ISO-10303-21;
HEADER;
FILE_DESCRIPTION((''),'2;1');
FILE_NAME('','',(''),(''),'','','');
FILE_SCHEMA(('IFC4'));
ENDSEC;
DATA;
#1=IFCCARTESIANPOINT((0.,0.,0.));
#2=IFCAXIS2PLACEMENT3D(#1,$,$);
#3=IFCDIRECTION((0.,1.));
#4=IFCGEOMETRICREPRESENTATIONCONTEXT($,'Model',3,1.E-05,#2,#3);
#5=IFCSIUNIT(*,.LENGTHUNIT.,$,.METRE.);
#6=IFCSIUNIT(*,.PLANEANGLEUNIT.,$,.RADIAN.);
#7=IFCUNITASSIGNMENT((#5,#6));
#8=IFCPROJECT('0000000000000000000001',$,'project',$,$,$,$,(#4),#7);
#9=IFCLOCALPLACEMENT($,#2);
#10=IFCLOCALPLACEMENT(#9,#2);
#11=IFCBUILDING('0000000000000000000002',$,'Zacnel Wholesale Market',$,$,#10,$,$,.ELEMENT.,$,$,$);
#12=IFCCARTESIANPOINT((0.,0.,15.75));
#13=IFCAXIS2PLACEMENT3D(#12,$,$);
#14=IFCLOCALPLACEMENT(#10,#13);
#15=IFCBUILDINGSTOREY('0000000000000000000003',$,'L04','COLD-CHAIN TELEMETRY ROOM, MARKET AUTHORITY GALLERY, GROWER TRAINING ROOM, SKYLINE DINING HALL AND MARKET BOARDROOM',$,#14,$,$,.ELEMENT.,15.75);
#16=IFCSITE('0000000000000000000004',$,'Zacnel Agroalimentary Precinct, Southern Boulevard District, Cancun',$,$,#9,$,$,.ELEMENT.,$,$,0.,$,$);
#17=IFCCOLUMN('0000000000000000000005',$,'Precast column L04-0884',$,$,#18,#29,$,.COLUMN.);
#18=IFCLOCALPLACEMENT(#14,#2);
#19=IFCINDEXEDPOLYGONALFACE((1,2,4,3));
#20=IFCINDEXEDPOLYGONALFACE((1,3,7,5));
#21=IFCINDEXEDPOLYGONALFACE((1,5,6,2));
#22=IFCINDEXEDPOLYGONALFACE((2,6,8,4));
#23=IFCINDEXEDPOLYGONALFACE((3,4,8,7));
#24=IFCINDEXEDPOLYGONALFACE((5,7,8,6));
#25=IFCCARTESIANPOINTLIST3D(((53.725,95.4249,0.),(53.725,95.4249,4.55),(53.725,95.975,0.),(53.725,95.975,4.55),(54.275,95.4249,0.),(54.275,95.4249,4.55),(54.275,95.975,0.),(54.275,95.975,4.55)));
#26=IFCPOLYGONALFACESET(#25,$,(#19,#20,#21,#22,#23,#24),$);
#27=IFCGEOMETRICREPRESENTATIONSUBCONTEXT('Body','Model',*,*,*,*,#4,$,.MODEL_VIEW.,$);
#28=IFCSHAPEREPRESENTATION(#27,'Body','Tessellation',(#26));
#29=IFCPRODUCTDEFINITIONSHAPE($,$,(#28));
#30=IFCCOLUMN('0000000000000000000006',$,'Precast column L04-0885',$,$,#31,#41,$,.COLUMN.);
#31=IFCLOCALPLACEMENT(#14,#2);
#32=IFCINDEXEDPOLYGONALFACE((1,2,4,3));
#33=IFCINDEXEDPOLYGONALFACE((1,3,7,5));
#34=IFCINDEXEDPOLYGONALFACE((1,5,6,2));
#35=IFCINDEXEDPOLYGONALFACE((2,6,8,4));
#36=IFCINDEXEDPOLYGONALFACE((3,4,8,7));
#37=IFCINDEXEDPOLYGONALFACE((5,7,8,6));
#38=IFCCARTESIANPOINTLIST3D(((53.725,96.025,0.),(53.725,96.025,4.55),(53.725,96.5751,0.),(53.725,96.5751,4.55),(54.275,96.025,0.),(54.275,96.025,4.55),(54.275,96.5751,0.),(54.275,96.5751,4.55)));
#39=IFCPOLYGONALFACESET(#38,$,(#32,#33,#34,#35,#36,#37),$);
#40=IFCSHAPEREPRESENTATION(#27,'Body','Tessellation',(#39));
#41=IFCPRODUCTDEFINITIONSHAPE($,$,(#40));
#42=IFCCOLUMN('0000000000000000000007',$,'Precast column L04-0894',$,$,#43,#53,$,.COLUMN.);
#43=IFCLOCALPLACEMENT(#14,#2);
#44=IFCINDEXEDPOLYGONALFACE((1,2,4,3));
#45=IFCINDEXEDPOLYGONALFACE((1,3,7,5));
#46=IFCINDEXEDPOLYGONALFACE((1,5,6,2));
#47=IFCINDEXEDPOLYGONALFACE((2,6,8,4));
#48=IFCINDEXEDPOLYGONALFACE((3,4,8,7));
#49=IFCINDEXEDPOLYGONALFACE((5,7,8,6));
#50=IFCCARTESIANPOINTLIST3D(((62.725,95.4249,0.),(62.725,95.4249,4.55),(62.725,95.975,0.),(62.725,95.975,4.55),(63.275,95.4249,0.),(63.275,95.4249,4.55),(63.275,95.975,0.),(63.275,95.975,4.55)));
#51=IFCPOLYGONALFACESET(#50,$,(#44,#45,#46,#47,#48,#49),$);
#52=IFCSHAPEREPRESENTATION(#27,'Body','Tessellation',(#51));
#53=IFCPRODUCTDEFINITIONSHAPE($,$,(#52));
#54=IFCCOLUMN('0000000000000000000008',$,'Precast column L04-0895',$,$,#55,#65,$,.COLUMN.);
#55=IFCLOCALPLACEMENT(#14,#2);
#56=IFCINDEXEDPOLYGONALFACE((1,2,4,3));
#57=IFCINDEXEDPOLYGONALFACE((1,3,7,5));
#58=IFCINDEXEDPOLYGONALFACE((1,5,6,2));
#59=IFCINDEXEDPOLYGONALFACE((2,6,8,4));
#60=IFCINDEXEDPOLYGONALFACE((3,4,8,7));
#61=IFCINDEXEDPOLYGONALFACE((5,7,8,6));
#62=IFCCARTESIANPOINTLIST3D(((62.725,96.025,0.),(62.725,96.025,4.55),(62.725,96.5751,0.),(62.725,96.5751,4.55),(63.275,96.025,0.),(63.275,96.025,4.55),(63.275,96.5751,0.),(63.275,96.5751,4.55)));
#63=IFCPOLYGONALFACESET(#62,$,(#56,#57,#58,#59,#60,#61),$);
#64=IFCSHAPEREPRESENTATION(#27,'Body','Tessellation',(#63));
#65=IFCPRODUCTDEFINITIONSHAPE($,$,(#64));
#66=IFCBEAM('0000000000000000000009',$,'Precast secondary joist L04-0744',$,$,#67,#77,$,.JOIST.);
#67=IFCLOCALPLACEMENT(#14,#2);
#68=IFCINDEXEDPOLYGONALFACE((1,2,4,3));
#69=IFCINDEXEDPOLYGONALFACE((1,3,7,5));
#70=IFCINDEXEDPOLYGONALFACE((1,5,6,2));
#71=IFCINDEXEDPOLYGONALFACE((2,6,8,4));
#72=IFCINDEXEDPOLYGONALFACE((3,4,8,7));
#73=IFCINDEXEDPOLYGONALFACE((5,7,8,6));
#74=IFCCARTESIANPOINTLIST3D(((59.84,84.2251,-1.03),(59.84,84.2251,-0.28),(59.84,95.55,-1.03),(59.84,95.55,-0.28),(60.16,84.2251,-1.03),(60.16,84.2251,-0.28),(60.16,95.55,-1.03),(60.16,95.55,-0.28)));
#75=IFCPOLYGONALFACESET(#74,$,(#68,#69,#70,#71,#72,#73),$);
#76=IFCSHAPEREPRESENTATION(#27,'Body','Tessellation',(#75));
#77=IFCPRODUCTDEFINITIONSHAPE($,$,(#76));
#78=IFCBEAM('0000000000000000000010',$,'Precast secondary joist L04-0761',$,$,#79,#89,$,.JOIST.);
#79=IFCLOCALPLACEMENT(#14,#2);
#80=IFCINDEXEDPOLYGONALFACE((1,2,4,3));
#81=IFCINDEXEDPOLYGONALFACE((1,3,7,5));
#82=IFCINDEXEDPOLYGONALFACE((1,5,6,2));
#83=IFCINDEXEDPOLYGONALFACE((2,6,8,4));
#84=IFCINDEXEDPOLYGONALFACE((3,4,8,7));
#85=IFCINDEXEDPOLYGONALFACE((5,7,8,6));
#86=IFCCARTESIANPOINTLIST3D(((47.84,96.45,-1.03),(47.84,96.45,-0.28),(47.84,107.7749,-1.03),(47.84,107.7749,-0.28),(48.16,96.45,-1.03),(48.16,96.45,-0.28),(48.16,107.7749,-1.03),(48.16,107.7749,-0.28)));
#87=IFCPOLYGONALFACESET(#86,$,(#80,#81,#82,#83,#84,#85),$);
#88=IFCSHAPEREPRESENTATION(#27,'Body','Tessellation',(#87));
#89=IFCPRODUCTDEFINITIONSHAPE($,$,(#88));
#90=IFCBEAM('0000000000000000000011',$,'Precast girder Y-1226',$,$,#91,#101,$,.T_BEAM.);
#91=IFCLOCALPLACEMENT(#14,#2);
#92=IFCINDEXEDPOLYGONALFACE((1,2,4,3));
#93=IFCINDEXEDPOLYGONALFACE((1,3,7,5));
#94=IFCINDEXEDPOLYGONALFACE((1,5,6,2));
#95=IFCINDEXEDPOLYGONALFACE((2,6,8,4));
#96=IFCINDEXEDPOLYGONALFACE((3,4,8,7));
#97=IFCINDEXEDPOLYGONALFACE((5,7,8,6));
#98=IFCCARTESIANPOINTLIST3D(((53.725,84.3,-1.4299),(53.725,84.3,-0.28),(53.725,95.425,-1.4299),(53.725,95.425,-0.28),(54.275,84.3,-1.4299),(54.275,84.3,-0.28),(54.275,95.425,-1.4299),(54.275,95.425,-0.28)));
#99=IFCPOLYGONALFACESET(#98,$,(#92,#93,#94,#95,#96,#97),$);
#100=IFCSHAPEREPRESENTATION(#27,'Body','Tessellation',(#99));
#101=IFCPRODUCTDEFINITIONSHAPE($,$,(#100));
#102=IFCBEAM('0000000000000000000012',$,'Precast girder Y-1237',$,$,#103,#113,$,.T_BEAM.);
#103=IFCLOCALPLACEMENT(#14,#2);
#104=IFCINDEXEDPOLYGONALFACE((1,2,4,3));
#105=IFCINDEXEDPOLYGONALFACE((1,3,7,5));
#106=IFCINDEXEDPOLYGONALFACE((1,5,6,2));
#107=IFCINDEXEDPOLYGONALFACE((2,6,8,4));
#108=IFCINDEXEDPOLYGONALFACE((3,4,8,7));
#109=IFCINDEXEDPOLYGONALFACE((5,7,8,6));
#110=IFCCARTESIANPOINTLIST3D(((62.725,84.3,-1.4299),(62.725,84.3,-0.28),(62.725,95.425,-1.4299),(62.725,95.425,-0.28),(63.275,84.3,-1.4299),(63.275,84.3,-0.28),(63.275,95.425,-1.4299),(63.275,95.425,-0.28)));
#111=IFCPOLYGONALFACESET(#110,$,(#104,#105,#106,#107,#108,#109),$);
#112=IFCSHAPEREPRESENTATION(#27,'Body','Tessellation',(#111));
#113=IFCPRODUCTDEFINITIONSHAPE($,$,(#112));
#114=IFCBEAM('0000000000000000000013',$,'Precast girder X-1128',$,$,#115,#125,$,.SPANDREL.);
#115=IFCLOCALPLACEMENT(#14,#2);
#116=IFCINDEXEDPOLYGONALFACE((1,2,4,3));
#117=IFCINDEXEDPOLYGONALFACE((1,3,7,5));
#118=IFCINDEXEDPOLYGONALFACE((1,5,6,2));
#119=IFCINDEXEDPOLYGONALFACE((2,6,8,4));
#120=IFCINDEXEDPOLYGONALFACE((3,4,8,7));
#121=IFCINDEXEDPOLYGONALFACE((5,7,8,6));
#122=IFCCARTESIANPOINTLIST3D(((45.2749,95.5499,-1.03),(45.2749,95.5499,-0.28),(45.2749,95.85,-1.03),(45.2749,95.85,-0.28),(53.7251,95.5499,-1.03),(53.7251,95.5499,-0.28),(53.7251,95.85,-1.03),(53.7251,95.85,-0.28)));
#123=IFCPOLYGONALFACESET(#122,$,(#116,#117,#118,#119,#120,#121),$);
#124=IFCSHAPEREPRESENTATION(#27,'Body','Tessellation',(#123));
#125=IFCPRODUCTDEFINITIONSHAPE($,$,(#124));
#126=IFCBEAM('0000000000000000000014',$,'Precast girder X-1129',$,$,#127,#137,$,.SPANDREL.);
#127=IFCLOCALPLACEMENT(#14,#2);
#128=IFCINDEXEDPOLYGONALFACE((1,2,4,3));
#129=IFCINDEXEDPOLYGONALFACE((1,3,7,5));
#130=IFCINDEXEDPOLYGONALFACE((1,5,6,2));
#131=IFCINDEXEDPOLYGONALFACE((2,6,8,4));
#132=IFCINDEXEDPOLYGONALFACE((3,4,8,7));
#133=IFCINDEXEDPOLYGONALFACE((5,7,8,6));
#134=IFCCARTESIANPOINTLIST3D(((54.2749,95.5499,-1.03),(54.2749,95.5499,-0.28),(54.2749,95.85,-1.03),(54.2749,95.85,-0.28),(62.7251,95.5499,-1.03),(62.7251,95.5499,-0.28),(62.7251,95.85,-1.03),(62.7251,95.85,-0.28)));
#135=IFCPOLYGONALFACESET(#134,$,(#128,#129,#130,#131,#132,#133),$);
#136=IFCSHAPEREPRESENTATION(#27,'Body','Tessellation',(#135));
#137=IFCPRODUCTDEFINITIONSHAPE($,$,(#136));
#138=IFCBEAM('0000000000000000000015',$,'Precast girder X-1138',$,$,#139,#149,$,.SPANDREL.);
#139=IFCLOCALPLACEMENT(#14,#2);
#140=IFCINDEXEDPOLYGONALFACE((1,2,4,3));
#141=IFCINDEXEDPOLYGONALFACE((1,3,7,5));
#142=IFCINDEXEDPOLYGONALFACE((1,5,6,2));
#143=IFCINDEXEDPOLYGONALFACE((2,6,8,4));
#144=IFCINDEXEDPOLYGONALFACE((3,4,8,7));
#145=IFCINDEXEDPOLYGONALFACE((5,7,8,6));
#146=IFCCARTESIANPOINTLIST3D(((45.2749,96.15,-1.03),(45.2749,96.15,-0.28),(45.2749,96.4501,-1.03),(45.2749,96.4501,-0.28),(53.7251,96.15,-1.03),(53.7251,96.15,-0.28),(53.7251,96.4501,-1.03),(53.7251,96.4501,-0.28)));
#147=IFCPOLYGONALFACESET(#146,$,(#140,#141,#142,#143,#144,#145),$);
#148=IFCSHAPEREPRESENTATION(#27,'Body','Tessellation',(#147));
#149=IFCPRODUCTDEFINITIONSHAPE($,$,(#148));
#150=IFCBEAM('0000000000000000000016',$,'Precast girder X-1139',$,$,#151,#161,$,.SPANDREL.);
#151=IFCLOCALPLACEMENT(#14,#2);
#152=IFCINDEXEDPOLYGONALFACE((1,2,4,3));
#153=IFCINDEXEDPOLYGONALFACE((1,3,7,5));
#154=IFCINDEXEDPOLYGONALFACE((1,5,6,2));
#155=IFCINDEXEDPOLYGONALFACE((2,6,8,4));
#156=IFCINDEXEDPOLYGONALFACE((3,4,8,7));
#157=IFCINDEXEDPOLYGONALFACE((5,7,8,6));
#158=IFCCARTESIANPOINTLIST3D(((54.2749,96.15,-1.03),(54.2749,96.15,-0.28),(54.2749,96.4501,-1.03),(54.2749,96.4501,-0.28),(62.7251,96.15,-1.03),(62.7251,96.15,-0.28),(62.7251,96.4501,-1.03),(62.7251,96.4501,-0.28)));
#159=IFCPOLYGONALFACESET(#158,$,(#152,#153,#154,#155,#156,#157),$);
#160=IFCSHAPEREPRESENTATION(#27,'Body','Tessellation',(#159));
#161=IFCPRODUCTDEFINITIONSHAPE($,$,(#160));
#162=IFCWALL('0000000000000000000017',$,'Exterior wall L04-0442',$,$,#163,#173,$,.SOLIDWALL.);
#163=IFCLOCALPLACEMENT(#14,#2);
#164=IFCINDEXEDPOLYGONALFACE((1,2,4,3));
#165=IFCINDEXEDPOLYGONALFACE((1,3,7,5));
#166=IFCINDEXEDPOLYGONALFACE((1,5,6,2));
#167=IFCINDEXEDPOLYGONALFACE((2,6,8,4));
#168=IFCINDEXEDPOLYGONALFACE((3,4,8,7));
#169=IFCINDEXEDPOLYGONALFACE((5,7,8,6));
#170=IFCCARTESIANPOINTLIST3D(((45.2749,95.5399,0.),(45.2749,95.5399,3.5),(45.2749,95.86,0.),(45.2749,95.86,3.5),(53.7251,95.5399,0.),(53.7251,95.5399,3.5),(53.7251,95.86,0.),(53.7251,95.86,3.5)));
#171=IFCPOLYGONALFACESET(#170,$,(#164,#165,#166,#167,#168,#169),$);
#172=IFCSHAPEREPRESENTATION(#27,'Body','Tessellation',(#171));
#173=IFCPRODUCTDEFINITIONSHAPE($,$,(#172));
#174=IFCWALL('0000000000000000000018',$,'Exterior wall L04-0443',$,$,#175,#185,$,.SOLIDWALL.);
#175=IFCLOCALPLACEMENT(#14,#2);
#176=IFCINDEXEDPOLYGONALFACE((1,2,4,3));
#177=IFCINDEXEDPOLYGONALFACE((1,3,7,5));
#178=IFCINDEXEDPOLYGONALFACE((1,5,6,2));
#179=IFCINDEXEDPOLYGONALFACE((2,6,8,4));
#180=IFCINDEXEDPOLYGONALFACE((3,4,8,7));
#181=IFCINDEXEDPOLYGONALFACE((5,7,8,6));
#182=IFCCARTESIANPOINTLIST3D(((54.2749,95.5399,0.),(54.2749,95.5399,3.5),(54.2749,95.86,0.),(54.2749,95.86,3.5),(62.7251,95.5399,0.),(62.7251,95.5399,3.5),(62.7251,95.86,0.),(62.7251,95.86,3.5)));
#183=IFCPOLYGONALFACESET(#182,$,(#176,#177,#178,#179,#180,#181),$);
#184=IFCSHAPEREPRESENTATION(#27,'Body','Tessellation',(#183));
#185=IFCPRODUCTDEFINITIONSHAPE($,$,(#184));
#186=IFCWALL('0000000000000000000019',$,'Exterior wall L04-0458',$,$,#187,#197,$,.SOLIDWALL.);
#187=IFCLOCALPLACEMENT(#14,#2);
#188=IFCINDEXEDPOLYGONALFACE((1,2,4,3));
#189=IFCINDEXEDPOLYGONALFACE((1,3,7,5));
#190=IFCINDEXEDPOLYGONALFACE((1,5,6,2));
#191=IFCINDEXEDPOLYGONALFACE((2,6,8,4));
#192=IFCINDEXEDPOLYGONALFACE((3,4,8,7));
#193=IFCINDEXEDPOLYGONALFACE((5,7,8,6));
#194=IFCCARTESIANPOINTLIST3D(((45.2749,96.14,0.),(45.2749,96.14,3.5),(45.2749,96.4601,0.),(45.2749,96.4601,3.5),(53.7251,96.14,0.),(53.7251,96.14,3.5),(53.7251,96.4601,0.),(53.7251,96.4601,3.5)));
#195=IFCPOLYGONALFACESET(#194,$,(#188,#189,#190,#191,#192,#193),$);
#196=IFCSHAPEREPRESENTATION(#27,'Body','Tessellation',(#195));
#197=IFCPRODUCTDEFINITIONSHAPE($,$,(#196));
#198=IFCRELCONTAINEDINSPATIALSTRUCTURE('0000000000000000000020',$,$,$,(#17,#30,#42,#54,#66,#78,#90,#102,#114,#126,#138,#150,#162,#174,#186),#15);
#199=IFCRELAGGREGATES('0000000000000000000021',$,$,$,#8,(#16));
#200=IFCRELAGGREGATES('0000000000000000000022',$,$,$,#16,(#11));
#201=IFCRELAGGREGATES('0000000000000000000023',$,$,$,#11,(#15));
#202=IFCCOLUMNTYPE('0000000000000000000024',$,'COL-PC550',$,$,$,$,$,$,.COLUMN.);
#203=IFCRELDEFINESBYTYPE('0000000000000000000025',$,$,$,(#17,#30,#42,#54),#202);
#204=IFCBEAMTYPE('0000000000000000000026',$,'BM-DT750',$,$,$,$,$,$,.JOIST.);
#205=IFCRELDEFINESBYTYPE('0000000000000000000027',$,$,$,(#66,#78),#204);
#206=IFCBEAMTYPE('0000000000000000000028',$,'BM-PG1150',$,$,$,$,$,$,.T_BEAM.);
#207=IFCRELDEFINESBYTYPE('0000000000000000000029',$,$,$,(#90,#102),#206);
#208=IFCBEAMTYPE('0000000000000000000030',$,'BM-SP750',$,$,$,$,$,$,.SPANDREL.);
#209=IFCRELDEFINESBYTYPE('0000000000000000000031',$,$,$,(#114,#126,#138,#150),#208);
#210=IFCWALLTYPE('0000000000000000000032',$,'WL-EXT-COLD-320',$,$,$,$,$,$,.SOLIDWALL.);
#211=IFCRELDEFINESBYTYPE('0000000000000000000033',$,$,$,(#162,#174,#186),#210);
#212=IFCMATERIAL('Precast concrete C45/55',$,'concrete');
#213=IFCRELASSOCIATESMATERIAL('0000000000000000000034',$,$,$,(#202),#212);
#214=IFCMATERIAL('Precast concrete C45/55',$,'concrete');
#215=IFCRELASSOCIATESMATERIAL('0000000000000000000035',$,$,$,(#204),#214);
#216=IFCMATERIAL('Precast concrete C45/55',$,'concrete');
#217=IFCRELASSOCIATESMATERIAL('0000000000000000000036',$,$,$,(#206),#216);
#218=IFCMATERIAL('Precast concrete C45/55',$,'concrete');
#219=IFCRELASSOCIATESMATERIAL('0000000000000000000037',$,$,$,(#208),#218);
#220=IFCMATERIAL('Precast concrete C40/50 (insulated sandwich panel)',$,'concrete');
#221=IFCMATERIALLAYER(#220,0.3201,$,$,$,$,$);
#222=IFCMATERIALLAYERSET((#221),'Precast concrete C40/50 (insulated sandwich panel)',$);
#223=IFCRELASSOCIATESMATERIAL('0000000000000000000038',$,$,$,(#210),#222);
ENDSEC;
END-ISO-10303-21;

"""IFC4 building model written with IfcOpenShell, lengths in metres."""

from ifc_helpers import new_model, si_unit, direction, frame, frame_2d, origin, origin_2d, place, context, subcontext, project, spatial, rectangle, extrude, material, layer, layer_set, material_profile, profile_set, type_object, element, save


model = new_model("IFC4")

# Units and contexts
model_context = context("Model", 3, precision=1e-05, world=origin(), true_north=direction((0.0, 1.0)))
body_context = subcontext(model_context, "Body", "Model", "MODEL_VIEW")
ifc_project = project(units=[si_unit("LENGTHUNIT", "METRE"), si_unit("PLANEANGLEUNIT", "RADIAN")], contexts=[model_context])

# Site, building, storey
site_placement = place(None, origin())
site = spatial("IfcSite", under=ifc_project, at=site_placement, Name="Zacnel Agroalimentary Precinct, Southern Boulevard District, Cancun", CompositionType="ELEMENT", RefElevation=0.0)
building_placement = place(site_placement, origin())
building = spatial("IfcBuilding", under=site, at=building_placement, Name="Zacnel Wholesale Market", CompositionType="ELEMENT")
storey_placement = place(building_placement, frame((0.0, 0.0, 15.75)))
storey = spatial("IfcBuildingStorey", under=building, at=storey_placement, Name="L04", Description="COLD-CHAIN TELEMETRY ROOM, MARKET AUTHORITY GALLERY, GROWER TRAINING ROOM, SKYLINE DINING HALL AND MARKET BOARDROOM", CompositionType="ELEMENT", Elevation=15.75)

# Columns
ifc_material_1 = material(Name="Precast concrete C45/55", Category="concrete")
ifc_material_profile_1 = material_profile(ifc_material_1, rectangle(XDim=0.55, YDim=0.55, at=origin_2d()), Name="PC 550x550")
ifc_profile_set_1 = profile_set([ifc_material_profile_1], Name="Precast concrete C45/55")
column_type = type_object("IfcColumnType", Name="COL-PC550", PredefinedType="COLUMN", material=ifc_profile_set_1)
for number, where, z_axis, x_axis, name in (
    (1, (54.0, 95.7, 0.0), (0.0, 0.0, 1.0), (1.0, 0.0, 0.0), "Precast column L04-0884"),
    (2, (54.0, 96.3, 0.0), (0.0, 0.0, 1.0), (1.0, 0.0, 0.0), "Precast column L04-0885"),
    (3, (63.0, 95.7, 0.0), (0.0, 0.0, 1.0), (1.0, 0.0, 0.0), "Precast column L04-0894"),
    (4, (63.0, 96.3, 0.0), (0.0, 0.0, 1.0), (1.0, 0.0, 0.0), "Precast column L04-0895"),
):
    element("IfcColumn", number, at=place(storey_placement, frame(where, z_axis=z_axis, x_axis=x_axis)), inside=storey, type_object=column_type, Name=name, PredefinedType="COLUMN", context=body_context, shape_type="SweptSolid", body=[
        extrude(rectangle(XDim=0.55, YDim=0.55, at=origin_2d()), origin(), (0.0, 0.0, 1.0), 4.55),
    ])

# Beams
ifc_material_2 = material(Name="Precast concrete C45/55", Category="concrete")
ifc_material_profile_2 = material_profile(ifc_material_2, rectangle(XDim=0.3201, YDim=0.75, at=origin_2d()), Name="DT RIB 320x750")
ifc_profile_set_2 = profile_set([ifc_material_profile_2], Name="Precast concrete C45/55")
beam_type_1 = type_object("IfcBeamType", Name="BM-DT750", PredefinedType="JOIST", material=ifc_profile_set_2)
for number, where, z_axis, x_axis, name in (
    (5, (60.0, 84.2251, -0.655), (0.0, 1.0, 0.0), (-1.0, 0.0, 0.0), "Precast secondary joist L04-0744"),
    (6, (48.0, 96.45, -0.655), (0.0, 1.0, 0.0), (-1.0, 0.0, 0.0), "Precast secondary joist L04-0761"),
):
    element("IfcBeam", number, at=place(storey_placement, frame(where, z_axis=z_axis, x_axis=x_axis)), inside=storey, type_object=beam_type_1, Name=name, PredefinedType="JOIST", context=body_context, shape_type="SweptSolid", body=[
        extrude(rectangle(XDim=0.3201, YDim=0.75, at=origin_2d()), origin(), (0.0, 0.0, 1.0), 11.325),
    ])
ifc_material_3 = material(Name="Precast concrete C45/55", Category="concrete")
ifc_material_profile_3 = material_profile(ifc_material_3, rectangle(XDim=0.55, YDim=1.1499, at=origin_2d()), Name="PG 550x1150")
ifc_profile_set_3 = profile_set([ifc_material_profile_3], Name="Precast concrete C45/55")
beam_type_2 = type_object("IfcBeamType", Name="BM-PG1150", PredefinedType="T_BEAM", material=ifc_profile_set_3)
for number, where, z_axis, x_axis, name in (
    (7, (54.0, 84.3, -0.855), (0.0, 1.0, 0.0), (-1.0, 0.0, 0.0), "Precast girder Y-1226"),
    (8, (63.0, 84.3, -0.855), (0.0, 1.0, 0.0), (-1.0, 0.0, 0.0), "Precast girder Y-1237"),
):
    element("IfcBeam", number, at=place(storey_placement, frame(where, z_axis=z_axis, x_axis=x_axis)), inside=storey, type_object=beam_type_2, Name=name, PredefinedType="T_BEAM", context=body_context, shape_type="SweptSolid", body=[
        extrude(rectangle(XDim=0.55, YDim=1.1499, at=origin_2d()), origin(), (0.0, 0.0, 1.0), 11.125),
    ])
ifc_material_4 = material(Name="Precast concrete C45/55", Category="concrete")
ifc_material_profile_4 = material_profile(ifc_material_4, rectangle(XDim=0.3, YDim=0.75, at=origin_2d()), Name="SP 300x750")
ifc_profile_set_4 = profile_set([ifc_material_profile_4], Name="Precast concrete C45/55")
beam_type_3 = type_object("IfcBeamType", Name="BM-SP750", PredefinedType="SPANDREL", material=ifc_profile_set_4)
for number, where, z_axis, x_axis, name in (
    (9, (45.2749, 95.7, -0.655), (1.0, 0.0, 0.0), (0.0, 1.0, 0.0), "Precast girder X-1128"),
    (10, (54.2749, 95.7, -0.655), (1.0, 0.0, 0.0), (0.0, 1.0, 0.0), "Precast girder X-1129"),
    (11, (45.2749, 96.3, -0.655), (1.0, 0.0, 0.0), (0.0, 1.0, 0.0), "Precast girder X-1138"),
    (12, (54.2749, 96.3, -0.655), (1.0, 0.0, 0.0), (0.0, 1.0, 0.0), "Precast girder X-1139"),
):
    element("IfcBeam", number, at=place(storey_placement, frame(where, z_axis=z_axis, x_axis=x_axis)), inside=storey, type_object=beam_type_3, Name=name, PredefinedType="SPANDREL", context=body_context, shape_type="SweptSolid", body=[
        extrude(rectangle(XDim=0.3, YDim=0.75, at=origin_2d()), origin(), (0.0, 0.0, 1.0), 8.4502),
    ])

# Walls
ifc_material_5 = material(Name="Precast concrete C40/50 (insulated sandwich panel)", Category="concrete")
ifc_layer = layer(ifc_material_5, 0.3201)
ifc_layer_set = layer_set([ifc_layer], Name="Precast concrete C40/50 (insulated sandwich panel)")
wall_type = type_object("IfcWallType", Name="WL-EXT-COLD-320", PredefinedType="SOLIDWALL", material=ifc_layer_set)
for number, where, z_axis, x_axis, name in (
    (13, (45.2749, 95.7, 0.0), (0.0, 0.0, 1.0), (1.0, 0.0, 0.0), "Exterior wall L04-0442"),
    (14, (54.2749, 95.7, 0.0), (0.0, 0.0, 1.0), (1.0, 0.0, 0.0), "Exterior wall L04-0443"),
    (15, (45.2749, 96.3, 0.0), (0.0, 0.0, 1.0), (1.0, 0.0, 0.0), "Exterior wall L04-0458"),
):
    element("IfcWall", number, at=place(storey_placement, frame(where, z_axis=z_axis, x_axis=x_axis)), inside=storey, type_object=wall_type, Name=name, PredefinedType="SOLIDWALL", context=body_context, shape_type="SweptSolid", body=[
        extrude(rectangle(XDim=8.4502, YDim=0.3201, at=frame_2d((4.2251, 0.0))), origin(), (0.0, 0.0, 1.0), 3.5),
    ])

save(model, "model.ifc")
